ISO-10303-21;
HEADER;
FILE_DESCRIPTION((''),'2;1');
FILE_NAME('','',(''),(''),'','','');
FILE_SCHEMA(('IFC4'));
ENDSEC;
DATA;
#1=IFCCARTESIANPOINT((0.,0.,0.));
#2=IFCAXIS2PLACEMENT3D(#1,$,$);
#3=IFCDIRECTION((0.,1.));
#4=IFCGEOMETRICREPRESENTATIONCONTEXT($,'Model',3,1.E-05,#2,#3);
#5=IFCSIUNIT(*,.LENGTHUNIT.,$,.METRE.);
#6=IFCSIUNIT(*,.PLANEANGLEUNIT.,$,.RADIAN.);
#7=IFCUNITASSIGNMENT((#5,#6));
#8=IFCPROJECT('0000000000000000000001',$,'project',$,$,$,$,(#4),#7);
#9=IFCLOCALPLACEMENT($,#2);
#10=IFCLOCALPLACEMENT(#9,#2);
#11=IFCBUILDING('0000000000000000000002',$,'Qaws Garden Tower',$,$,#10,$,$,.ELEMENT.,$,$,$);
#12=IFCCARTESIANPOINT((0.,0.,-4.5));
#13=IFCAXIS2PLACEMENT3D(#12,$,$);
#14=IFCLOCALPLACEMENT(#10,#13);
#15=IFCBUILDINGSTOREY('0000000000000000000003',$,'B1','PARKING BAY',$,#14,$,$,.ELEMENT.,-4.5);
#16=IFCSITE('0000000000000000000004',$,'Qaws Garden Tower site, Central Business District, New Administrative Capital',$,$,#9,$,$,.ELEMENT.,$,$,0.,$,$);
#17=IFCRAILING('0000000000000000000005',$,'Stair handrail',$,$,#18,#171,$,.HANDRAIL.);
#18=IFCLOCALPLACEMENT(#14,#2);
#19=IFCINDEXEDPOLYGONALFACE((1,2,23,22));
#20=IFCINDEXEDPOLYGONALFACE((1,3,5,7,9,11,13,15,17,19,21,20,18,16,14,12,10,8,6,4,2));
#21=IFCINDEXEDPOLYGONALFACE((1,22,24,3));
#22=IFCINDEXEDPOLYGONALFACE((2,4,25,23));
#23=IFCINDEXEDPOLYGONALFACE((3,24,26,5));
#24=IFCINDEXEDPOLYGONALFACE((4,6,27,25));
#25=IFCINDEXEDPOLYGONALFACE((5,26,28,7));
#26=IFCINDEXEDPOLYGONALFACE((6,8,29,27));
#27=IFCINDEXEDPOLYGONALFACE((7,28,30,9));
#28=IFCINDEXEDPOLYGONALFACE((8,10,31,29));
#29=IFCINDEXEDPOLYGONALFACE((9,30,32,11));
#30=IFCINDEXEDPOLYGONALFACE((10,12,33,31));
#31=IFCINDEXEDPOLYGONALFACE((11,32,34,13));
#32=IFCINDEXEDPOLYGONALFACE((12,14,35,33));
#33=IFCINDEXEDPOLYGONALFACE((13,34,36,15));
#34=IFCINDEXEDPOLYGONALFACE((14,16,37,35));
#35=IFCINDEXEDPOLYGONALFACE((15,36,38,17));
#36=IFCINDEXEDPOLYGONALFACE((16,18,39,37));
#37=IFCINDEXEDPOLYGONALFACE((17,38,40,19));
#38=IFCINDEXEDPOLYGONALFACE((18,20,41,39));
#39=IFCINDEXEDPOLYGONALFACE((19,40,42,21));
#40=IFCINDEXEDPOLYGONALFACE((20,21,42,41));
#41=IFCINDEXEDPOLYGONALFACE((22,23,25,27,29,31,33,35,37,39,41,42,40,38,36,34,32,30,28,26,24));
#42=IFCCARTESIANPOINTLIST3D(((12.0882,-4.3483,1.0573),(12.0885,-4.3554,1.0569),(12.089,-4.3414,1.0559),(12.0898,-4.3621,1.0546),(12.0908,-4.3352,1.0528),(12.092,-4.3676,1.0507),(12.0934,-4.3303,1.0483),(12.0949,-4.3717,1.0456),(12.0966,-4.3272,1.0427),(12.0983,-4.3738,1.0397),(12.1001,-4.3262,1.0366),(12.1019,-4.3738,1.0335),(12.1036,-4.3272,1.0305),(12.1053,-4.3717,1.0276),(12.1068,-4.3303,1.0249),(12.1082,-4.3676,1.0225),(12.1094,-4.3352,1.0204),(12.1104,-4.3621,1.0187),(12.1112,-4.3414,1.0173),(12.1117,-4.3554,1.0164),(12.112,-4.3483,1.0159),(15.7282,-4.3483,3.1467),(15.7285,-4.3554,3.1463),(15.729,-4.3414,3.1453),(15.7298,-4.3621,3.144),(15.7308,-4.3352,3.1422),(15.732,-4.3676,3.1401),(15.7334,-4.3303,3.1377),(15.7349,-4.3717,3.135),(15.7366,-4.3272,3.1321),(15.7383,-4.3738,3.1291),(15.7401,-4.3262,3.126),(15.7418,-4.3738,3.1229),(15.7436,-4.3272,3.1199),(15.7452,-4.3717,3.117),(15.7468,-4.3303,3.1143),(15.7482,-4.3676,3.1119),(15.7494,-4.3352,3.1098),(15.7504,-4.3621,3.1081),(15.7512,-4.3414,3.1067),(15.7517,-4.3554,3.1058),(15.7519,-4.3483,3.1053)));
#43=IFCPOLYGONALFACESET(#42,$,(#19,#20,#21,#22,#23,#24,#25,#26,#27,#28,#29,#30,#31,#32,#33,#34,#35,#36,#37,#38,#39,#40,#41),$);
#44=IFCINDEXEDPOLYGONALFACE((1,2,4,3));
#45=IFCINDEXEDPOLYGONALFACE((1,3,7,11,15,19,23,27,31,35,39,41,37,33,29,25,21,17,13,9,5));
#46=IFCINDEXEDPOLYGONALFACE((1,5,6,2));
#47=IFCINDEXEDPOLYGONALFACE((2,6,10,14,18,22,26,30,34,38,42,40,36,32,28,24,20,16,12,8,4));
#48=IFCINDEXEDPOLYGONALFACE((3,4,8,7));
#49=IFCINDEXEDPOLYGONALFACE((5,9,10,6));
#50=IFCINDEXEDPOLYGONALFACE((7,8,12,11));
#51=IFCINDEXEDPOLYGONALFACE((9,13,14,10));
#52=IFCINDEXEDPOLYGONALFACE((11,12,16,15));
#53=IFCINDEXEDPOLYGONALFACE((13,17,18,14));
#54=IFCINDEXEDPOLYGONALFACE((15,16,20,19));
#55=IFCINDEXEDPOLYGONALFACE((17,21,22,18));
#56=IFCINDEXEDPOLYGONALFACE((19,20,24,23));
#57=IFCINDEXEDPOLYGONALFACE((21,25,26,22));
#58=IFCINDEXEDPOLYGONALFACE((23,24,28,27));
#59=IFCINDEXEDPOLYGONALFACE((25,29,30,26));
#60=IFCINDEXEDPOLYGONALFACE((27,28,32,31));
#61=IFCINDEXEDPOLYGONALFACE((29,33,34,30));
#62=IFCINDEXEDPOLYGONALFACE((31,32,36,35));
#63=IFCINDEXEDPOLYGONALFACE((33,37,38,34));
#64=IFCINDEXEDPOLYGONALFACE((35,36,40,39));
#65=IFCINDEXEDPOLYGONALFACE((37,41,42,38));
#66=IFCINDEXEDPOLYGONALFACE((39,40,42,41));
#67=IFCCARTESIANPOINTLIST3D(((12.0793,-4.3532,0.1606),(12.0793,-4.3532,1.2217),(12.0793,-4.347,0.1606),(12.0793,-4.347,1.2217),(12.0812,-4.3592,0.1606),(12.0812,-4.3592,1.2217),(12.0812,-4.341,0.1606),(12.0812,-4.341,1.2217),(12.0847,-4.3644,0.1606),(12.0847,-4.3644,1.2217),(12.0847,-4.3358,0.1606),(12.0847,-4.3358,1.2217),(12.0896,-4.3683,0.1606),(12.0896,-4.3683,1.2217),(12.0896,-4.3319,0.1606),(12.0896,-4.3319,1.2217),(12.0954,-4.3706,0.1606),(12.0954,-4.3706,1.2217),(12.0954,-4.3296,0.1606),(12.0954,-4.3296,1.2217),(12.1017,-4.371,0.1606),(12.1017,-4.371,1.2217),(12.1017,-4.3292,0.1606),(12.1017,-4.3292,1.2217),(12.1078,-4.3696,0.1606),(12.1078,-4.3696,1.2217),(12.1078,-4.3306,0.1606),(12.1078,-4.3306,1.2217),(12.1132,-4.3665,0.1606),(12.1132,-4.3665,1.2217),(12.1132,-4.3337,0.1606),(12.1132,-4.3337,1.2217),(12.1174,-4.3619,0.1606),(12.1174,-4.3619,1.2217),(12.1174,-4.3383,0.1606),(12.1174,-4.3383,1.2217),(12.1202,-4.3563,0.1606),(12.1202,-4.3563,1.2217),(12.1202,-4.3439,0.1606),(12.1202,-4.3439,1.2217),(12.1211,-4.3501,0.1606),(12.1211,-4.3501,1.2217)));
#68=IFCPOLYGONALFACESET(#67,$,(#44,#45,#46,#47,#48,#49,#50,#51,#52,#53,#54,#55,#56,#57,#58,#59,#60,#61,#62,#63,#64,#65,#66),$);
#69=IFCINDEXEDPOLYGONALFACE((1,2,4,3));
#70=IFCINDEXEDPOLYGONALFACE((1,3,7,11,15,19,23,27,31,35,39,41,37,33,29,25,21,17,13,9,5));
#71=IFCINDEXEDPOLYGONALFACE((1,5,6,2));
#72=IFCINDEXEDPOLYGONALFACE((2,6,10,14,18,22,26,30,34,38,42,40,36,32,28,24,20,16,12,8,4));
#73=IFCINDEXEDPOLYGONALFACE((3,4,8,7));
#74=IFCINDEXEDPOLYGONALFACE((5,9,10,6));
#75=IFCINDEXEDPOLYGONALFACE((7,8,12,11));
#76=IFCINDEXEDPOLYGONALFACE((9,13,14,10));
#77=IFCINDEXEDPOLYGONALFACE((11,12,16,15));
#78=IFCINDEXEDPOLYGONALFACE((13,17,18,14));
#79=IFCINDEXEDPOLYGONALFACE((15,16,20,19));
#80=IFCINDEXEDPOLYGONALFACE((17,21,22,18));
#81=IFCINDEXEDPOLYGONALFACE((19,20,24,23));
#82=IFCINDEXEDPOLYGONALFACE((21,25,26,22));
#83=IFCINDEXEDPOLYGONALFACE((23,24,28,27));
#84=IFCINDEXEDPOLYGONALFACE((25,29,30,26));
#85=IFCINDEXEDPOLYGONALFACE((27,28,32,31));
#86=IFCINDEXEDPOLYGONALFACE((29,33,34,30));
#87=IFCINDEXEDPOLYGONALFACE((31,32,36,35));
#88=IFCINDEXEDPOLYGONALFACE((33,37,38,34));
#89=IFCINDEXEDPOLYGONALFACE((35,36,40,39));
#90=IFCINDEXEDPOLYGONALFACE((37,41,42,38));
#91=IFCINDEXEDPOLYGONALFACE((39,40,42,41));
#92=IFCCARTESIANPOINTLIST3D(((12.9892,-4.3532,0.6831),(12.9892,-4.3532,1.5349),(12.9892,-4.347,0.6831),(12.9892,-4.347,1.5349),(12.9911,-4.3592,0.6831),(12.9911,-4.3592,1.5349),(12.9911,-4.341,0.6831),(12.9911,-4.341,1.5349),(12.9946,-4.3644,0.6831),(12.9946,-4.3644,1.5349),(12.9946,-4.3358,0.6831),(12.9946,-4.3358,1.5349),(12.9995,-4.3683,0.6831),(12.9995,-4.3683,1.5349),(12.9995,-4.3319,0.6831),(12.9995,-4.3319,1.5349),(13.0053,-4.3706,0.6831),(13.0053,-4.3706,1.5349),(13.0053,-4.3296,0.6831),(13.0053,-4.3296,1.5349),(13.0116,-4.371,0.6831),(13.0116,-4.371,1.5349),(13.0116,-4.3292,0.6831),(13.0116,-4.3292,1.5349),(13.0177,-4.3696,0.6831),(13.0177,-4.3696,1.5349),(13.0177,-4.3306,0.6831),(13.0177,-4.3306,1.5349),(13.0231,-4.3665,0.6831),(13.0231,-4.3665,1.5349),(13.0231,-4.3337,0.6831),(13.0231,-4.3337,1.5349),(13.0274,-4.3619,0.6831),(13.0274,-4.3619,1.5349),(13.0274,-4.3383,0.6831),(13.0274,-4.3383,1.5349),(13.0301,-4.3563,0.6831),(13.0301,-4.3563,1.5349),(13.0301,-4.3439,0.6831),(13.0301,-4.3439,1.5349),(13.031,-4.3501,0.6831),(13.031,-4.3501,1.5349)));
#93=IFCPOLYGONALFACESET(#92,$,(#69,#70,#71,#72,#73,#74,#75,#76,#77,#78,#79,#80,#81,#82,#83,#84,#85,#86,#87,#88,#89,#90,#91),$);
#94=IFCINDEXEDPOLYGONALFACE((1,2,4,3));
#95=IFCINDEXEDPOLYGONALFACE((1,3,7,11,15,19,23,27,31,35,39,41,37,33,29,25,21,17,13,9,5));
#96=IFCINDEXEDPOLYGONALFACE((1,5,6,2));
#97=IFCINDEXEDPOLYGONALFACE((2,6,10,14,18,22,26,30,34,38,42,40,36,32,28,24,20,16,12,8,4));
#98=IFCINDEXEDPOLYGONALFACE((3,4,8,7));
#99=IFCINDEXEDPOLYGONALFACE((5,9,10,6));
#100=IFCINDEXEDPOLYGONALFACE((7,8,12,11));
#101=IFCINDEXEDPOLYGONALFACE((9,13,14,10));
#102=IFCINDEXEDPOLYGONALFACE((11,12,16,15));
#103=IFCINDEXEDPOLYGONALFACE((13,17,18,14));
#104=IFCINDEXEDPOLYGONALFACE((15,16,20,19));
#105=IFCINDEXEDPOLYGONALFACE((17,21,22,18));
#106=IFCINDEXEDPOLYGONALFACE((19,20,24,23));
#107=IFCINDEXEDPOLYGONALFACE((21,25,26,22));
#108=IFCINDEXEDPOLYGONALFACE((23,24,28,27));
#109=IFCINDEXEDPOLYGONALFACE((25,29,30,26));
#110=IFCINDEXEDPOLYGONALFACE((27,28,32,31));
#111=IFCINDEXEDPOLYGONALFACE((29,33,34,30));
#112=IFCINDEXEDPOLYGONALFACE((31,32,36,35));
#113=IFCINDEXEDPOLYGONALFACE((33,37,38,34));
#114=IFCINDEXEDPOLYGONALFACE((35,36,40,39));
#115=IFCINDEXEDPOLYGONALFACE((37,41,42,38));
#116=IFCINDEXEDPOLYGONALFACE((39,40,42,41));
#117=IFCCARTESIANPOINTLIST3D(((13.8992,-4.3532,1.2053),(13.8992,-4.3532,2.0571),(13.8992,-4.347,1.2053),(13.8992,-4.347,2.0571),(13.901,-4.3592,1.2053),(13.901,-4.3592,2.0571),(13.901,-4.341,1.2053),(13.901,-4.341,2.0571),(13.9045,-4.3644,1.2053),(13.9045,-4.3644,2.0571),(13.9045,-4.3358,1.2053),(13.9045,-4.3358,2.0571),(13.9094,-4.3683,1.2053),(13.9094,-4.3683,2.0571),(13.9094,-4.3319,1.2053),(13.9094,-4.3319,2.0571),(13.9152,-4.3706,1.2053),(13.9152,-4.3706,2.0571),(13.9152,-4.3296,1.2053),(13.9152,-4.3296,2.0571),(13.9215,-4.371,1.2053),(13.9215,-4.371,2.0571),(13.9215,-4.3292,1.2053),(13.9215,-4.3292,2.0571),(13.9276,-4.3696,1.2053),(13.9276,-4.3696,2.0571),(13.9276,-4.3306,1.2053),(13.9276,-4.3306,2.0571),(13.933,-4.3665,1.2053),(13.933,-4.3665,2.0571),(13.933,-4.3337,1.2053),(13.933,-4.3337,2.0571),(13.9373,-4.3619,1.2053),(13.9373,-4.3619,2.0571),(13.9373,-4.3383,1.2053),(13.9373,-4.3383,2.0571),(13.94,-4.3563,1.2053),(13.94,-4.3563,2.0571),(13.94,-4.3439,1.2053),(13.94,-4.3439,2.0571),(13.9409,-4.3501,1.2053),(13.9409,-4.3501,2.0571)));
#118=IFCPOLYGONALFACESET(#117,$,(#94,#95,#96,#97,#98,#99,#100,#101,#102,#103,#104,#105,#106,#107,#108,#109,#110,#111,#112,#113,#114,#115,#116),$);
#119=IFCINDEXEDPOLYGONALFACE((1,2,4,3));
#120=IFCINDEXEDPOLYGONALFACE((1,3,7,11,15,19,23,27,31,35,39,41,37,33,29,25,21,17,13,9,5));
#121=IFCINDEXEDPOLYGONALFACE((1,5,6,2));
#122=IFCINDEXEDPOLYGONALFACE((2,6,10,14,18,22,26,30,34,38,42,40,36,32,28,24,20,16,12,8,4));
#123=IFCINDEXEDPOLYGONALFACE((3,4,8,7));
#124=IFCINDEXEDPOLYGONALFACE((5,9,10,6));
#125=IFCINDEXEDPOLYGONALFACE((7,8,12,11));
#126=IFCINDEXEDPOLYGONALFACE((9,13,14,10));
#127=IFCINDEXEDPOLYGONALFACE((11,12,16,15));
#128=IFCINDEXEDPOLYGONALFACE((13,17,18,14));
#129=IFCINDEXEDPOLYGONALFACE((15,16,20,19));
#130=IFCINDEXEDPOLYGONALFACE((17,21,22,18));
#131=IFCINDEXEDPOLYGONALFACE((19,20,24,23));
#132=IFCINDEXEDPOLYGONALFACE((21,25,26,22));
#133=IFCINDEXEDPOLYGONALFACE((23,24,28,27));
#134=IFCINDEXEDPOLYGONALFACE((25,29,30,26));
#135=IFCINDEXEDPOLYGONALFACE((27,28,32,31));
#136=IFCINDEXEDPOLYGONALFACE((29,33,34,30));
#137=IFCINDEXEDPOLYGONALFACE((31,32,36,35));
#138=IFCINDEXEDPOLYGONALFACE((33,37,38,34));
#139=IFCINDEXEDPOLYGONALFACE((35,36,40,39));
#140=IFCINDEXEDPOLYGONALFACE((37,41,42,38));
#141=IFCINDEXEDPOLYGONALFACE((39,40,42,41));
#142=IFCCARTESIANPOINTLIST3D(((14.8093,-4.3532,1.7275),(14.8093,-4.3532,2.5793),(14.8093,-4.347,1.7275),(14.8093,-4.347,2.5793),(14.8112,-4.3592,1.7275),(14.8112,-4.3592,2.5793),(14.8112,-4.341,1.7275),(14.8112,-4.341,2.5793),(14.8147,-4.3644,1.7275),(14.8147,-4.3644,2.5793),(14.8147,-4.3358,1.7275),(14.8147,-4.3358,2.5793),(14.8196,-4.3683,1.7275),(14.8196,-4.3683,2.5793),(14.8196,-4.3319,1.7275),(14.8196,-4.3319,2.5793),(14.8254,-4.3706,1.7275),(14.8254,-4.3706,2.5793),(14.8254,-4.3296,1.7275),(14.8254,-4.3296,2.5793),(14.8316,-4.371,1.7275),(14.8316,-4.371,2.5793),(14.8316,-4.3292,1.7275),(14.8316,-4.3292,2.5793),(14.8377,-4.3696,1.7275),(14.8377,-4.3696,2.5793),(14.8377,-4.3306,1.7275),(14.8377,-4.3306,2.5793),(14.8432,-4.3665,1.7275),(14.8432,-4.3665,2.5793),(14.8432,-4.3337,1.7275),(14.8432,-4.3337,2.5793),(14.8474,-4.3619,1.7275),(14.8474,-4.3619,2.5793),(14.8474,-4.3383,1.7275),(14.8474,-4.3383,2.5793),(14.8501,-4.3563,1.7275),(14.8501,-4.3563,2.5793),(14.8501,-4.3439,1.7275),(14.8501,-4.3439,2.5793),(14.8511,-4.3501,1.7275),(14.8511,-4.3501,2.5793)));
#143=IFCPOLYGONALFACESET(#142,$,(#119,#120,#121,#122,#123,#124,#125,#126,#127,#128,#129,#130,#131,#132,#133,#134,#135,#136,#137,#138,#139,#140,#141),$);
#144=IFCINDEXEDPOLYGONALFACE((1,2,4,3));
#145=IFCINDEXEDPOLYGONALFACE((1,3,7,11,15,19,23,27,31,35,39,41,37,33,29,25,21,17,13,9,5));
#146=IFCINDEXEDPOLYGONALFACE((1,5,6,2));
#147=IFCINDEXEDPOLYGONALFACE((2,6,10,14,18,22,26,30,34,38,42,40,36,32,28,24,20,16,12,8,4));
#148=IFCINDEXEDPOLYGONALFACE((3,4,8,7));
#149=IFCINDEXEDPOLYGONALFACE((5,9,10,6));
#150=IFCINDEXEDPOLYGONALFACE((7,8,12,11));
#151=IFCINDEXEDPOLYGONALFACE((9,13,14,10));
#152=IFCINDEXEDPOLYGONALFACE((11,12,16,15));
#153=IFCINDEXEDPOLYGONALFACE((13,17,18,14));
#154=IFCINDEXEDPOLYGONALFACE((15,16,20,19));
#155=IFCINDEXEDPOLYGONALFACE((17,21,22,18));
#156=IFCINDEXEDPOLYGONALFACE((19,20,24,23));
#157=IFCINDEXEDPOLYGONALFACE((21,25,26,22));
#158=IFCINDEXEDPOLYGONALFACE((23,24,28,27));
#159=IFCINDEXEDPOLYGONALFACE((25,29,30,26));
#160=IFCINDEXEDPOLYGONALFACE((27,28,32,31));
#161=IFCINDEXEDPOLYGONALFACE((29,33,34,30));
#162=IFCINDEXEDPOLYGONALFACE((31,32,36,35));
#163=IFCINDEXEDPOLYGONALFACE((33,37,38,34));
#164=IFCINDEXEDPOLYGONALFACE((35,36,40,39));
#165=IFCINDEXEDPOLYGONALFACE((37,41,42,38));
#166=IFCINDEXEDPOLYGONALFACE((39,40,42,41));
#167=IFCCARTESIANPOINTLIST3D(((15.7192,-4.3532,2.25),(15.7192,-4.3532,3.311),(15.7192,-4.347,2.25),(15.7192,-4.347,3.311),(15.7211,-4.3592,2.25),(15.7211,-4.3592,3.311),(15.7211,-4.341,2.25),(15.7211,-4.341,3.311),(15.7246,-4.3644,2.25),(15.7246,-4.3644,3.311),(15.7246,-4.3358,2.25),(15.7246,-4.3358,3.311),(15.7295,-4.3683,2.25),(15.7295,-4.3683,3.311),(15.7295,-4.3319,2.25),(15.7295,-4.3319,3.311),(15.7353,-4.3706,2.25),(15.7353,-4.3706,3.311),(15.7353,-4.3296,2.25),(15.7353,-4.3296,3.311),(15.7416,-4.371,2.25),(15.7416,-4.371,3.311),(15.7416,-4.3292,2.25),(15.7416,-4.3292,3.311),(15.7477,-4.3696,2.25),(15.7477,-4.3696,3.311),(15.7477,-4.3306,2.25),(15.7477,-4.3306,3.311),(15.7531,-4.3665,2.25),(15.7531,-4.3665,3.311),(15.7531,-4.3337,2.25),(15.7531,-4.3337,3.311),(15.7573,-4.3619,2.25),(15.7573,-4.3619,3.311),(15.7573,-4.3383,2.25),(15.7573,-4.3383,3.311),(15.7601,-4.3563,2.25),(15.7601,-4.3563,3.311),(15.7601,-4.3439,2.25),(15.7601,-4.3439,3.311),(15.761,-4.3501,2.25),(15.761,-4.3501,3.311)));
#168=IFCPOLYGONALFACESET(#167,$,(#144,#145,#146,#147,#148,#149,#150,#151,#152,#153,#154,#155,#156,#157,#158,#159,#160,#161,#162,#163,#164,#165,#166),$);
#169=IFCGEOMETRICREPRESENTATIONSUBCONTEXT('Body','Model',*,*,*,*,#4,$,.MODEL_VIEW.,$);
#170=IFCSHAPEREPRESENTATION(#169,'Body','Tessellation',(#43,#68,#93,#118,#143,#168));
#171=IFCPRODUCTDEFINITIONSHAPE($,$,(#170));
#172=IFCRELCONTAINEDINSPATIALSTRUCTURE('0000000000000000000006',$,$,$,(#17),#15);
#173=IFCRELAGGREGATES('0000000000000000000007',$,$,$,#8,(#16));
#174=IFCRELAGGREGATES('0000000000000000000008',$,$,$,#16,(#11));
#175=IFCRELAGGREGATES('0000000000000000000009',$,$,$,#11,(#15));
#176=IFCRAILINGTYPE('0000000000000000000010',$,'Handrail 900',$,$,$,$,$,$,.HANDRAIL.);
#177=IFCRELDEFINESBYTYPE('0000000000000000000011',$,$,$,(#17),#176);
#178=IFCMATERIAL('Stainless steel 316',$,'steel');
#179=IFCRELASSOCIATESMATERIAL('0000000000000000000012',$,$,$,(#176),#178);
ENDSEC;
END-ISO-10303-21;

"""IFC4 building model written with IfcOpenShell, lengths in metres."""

from ifc_helpers import new_model, si_unit, direction, frame, origin, origin_2d, place, context, subcontext, project, spatial, circle, extrude, material, type_object, element, save


model = new_model("IFC4")

# Units and contexts
model_context = context("Model", 3, precision=1e-05, world=origin(), true_north=direction((0.0, 1.0)))
body_context = subcontext(model_context, "Body", "Model", "MODEL_VIEW")
ifc_project = project(units=[si_unit("LENGTHUNIT", "METRE"), si_unit("PLANEANGLEUNIT", "RADIAN")], contexts=[model_context])

# Site, building, storey
site_placement = place(None, origin())
site = spatial("IfcSite", under=ifc_project, at=site_placement, Name="Qaws Garden Tower site, Central Business District, New Administrative Capital", CompositionType="ELEMENT", RefElevation=0.0)
building_placement = place(site_placement, origin())
building = spatial("IfcBuilding", under=site, at=building_placement, Name="Qaws Garden Tower", CompositionType="ELEMENT")
storey_placement = place(building_placement, frame((0.0, 0.0, -4.5)))
storey = spatial("IfcBuildingStorey", under=building, at=storey_placement, Name="B1", Description="PARKING BAY", CompositionType="ELEMENT", Elevation=-4.5)

# Railing
ifc_material_1 = material(Name="Stainless steel 316", Category="steel")
railing_type_1 = type_object("IfcRailingType", Name="Handrail 900", PredefinedType="HANDRAIL", material=ifc_material_1)
for number, where, name in (
    (1, (12.1001, -4.3501, 0.1606), "Stair handrail"),
):
    element("IfcRailing", number, at=place(storey_placement, frame(where)), inside=storey, type_object=railing_type_1, Name=name, PredefinedType="HANDRAIL", context=body_context, shape_type="SweptSolid", body=[
        extrude(circle(Radius=0.0239, at=origin_2d()), frame((0.0, 0.0, 0.876), z_axis=(0.867275, 0.0, 0.497829), x_axis=(0.0, 1.0, 0.0)), (0.0, 0.0, 1.0), 4.197),
        extrude(circle(Radius=0.021, at=origin_2d()), origin(), (0.0, 0.0, 1.0), 1.061),
        extrude(circle(Radius=0.021, at=origin_2d()), frame((0.9099, 0.0, 0.5225)), (0.0, 0.0, 1.0), 0.8518),
        extrude(circle(Radius=0.021, at=origin_2d()), frame((1.8198, 0.0, 1.0447)), (0.0, 0.0, 1.0), 0.8518),
        extrude(circle(Radius=0.021, at=origin_2d()), frame((2.73, 0.0, 1.5669)), (0.0, 0.0, 1.0), 0.8518),
        extrude(circle(Radius=0.021, at=origin_2d()), frame((3.6399, 0.0, 2.0894)), (0.0, 0.0, 1.0), 1.061),
    ])

save(model, "model.ifc")
